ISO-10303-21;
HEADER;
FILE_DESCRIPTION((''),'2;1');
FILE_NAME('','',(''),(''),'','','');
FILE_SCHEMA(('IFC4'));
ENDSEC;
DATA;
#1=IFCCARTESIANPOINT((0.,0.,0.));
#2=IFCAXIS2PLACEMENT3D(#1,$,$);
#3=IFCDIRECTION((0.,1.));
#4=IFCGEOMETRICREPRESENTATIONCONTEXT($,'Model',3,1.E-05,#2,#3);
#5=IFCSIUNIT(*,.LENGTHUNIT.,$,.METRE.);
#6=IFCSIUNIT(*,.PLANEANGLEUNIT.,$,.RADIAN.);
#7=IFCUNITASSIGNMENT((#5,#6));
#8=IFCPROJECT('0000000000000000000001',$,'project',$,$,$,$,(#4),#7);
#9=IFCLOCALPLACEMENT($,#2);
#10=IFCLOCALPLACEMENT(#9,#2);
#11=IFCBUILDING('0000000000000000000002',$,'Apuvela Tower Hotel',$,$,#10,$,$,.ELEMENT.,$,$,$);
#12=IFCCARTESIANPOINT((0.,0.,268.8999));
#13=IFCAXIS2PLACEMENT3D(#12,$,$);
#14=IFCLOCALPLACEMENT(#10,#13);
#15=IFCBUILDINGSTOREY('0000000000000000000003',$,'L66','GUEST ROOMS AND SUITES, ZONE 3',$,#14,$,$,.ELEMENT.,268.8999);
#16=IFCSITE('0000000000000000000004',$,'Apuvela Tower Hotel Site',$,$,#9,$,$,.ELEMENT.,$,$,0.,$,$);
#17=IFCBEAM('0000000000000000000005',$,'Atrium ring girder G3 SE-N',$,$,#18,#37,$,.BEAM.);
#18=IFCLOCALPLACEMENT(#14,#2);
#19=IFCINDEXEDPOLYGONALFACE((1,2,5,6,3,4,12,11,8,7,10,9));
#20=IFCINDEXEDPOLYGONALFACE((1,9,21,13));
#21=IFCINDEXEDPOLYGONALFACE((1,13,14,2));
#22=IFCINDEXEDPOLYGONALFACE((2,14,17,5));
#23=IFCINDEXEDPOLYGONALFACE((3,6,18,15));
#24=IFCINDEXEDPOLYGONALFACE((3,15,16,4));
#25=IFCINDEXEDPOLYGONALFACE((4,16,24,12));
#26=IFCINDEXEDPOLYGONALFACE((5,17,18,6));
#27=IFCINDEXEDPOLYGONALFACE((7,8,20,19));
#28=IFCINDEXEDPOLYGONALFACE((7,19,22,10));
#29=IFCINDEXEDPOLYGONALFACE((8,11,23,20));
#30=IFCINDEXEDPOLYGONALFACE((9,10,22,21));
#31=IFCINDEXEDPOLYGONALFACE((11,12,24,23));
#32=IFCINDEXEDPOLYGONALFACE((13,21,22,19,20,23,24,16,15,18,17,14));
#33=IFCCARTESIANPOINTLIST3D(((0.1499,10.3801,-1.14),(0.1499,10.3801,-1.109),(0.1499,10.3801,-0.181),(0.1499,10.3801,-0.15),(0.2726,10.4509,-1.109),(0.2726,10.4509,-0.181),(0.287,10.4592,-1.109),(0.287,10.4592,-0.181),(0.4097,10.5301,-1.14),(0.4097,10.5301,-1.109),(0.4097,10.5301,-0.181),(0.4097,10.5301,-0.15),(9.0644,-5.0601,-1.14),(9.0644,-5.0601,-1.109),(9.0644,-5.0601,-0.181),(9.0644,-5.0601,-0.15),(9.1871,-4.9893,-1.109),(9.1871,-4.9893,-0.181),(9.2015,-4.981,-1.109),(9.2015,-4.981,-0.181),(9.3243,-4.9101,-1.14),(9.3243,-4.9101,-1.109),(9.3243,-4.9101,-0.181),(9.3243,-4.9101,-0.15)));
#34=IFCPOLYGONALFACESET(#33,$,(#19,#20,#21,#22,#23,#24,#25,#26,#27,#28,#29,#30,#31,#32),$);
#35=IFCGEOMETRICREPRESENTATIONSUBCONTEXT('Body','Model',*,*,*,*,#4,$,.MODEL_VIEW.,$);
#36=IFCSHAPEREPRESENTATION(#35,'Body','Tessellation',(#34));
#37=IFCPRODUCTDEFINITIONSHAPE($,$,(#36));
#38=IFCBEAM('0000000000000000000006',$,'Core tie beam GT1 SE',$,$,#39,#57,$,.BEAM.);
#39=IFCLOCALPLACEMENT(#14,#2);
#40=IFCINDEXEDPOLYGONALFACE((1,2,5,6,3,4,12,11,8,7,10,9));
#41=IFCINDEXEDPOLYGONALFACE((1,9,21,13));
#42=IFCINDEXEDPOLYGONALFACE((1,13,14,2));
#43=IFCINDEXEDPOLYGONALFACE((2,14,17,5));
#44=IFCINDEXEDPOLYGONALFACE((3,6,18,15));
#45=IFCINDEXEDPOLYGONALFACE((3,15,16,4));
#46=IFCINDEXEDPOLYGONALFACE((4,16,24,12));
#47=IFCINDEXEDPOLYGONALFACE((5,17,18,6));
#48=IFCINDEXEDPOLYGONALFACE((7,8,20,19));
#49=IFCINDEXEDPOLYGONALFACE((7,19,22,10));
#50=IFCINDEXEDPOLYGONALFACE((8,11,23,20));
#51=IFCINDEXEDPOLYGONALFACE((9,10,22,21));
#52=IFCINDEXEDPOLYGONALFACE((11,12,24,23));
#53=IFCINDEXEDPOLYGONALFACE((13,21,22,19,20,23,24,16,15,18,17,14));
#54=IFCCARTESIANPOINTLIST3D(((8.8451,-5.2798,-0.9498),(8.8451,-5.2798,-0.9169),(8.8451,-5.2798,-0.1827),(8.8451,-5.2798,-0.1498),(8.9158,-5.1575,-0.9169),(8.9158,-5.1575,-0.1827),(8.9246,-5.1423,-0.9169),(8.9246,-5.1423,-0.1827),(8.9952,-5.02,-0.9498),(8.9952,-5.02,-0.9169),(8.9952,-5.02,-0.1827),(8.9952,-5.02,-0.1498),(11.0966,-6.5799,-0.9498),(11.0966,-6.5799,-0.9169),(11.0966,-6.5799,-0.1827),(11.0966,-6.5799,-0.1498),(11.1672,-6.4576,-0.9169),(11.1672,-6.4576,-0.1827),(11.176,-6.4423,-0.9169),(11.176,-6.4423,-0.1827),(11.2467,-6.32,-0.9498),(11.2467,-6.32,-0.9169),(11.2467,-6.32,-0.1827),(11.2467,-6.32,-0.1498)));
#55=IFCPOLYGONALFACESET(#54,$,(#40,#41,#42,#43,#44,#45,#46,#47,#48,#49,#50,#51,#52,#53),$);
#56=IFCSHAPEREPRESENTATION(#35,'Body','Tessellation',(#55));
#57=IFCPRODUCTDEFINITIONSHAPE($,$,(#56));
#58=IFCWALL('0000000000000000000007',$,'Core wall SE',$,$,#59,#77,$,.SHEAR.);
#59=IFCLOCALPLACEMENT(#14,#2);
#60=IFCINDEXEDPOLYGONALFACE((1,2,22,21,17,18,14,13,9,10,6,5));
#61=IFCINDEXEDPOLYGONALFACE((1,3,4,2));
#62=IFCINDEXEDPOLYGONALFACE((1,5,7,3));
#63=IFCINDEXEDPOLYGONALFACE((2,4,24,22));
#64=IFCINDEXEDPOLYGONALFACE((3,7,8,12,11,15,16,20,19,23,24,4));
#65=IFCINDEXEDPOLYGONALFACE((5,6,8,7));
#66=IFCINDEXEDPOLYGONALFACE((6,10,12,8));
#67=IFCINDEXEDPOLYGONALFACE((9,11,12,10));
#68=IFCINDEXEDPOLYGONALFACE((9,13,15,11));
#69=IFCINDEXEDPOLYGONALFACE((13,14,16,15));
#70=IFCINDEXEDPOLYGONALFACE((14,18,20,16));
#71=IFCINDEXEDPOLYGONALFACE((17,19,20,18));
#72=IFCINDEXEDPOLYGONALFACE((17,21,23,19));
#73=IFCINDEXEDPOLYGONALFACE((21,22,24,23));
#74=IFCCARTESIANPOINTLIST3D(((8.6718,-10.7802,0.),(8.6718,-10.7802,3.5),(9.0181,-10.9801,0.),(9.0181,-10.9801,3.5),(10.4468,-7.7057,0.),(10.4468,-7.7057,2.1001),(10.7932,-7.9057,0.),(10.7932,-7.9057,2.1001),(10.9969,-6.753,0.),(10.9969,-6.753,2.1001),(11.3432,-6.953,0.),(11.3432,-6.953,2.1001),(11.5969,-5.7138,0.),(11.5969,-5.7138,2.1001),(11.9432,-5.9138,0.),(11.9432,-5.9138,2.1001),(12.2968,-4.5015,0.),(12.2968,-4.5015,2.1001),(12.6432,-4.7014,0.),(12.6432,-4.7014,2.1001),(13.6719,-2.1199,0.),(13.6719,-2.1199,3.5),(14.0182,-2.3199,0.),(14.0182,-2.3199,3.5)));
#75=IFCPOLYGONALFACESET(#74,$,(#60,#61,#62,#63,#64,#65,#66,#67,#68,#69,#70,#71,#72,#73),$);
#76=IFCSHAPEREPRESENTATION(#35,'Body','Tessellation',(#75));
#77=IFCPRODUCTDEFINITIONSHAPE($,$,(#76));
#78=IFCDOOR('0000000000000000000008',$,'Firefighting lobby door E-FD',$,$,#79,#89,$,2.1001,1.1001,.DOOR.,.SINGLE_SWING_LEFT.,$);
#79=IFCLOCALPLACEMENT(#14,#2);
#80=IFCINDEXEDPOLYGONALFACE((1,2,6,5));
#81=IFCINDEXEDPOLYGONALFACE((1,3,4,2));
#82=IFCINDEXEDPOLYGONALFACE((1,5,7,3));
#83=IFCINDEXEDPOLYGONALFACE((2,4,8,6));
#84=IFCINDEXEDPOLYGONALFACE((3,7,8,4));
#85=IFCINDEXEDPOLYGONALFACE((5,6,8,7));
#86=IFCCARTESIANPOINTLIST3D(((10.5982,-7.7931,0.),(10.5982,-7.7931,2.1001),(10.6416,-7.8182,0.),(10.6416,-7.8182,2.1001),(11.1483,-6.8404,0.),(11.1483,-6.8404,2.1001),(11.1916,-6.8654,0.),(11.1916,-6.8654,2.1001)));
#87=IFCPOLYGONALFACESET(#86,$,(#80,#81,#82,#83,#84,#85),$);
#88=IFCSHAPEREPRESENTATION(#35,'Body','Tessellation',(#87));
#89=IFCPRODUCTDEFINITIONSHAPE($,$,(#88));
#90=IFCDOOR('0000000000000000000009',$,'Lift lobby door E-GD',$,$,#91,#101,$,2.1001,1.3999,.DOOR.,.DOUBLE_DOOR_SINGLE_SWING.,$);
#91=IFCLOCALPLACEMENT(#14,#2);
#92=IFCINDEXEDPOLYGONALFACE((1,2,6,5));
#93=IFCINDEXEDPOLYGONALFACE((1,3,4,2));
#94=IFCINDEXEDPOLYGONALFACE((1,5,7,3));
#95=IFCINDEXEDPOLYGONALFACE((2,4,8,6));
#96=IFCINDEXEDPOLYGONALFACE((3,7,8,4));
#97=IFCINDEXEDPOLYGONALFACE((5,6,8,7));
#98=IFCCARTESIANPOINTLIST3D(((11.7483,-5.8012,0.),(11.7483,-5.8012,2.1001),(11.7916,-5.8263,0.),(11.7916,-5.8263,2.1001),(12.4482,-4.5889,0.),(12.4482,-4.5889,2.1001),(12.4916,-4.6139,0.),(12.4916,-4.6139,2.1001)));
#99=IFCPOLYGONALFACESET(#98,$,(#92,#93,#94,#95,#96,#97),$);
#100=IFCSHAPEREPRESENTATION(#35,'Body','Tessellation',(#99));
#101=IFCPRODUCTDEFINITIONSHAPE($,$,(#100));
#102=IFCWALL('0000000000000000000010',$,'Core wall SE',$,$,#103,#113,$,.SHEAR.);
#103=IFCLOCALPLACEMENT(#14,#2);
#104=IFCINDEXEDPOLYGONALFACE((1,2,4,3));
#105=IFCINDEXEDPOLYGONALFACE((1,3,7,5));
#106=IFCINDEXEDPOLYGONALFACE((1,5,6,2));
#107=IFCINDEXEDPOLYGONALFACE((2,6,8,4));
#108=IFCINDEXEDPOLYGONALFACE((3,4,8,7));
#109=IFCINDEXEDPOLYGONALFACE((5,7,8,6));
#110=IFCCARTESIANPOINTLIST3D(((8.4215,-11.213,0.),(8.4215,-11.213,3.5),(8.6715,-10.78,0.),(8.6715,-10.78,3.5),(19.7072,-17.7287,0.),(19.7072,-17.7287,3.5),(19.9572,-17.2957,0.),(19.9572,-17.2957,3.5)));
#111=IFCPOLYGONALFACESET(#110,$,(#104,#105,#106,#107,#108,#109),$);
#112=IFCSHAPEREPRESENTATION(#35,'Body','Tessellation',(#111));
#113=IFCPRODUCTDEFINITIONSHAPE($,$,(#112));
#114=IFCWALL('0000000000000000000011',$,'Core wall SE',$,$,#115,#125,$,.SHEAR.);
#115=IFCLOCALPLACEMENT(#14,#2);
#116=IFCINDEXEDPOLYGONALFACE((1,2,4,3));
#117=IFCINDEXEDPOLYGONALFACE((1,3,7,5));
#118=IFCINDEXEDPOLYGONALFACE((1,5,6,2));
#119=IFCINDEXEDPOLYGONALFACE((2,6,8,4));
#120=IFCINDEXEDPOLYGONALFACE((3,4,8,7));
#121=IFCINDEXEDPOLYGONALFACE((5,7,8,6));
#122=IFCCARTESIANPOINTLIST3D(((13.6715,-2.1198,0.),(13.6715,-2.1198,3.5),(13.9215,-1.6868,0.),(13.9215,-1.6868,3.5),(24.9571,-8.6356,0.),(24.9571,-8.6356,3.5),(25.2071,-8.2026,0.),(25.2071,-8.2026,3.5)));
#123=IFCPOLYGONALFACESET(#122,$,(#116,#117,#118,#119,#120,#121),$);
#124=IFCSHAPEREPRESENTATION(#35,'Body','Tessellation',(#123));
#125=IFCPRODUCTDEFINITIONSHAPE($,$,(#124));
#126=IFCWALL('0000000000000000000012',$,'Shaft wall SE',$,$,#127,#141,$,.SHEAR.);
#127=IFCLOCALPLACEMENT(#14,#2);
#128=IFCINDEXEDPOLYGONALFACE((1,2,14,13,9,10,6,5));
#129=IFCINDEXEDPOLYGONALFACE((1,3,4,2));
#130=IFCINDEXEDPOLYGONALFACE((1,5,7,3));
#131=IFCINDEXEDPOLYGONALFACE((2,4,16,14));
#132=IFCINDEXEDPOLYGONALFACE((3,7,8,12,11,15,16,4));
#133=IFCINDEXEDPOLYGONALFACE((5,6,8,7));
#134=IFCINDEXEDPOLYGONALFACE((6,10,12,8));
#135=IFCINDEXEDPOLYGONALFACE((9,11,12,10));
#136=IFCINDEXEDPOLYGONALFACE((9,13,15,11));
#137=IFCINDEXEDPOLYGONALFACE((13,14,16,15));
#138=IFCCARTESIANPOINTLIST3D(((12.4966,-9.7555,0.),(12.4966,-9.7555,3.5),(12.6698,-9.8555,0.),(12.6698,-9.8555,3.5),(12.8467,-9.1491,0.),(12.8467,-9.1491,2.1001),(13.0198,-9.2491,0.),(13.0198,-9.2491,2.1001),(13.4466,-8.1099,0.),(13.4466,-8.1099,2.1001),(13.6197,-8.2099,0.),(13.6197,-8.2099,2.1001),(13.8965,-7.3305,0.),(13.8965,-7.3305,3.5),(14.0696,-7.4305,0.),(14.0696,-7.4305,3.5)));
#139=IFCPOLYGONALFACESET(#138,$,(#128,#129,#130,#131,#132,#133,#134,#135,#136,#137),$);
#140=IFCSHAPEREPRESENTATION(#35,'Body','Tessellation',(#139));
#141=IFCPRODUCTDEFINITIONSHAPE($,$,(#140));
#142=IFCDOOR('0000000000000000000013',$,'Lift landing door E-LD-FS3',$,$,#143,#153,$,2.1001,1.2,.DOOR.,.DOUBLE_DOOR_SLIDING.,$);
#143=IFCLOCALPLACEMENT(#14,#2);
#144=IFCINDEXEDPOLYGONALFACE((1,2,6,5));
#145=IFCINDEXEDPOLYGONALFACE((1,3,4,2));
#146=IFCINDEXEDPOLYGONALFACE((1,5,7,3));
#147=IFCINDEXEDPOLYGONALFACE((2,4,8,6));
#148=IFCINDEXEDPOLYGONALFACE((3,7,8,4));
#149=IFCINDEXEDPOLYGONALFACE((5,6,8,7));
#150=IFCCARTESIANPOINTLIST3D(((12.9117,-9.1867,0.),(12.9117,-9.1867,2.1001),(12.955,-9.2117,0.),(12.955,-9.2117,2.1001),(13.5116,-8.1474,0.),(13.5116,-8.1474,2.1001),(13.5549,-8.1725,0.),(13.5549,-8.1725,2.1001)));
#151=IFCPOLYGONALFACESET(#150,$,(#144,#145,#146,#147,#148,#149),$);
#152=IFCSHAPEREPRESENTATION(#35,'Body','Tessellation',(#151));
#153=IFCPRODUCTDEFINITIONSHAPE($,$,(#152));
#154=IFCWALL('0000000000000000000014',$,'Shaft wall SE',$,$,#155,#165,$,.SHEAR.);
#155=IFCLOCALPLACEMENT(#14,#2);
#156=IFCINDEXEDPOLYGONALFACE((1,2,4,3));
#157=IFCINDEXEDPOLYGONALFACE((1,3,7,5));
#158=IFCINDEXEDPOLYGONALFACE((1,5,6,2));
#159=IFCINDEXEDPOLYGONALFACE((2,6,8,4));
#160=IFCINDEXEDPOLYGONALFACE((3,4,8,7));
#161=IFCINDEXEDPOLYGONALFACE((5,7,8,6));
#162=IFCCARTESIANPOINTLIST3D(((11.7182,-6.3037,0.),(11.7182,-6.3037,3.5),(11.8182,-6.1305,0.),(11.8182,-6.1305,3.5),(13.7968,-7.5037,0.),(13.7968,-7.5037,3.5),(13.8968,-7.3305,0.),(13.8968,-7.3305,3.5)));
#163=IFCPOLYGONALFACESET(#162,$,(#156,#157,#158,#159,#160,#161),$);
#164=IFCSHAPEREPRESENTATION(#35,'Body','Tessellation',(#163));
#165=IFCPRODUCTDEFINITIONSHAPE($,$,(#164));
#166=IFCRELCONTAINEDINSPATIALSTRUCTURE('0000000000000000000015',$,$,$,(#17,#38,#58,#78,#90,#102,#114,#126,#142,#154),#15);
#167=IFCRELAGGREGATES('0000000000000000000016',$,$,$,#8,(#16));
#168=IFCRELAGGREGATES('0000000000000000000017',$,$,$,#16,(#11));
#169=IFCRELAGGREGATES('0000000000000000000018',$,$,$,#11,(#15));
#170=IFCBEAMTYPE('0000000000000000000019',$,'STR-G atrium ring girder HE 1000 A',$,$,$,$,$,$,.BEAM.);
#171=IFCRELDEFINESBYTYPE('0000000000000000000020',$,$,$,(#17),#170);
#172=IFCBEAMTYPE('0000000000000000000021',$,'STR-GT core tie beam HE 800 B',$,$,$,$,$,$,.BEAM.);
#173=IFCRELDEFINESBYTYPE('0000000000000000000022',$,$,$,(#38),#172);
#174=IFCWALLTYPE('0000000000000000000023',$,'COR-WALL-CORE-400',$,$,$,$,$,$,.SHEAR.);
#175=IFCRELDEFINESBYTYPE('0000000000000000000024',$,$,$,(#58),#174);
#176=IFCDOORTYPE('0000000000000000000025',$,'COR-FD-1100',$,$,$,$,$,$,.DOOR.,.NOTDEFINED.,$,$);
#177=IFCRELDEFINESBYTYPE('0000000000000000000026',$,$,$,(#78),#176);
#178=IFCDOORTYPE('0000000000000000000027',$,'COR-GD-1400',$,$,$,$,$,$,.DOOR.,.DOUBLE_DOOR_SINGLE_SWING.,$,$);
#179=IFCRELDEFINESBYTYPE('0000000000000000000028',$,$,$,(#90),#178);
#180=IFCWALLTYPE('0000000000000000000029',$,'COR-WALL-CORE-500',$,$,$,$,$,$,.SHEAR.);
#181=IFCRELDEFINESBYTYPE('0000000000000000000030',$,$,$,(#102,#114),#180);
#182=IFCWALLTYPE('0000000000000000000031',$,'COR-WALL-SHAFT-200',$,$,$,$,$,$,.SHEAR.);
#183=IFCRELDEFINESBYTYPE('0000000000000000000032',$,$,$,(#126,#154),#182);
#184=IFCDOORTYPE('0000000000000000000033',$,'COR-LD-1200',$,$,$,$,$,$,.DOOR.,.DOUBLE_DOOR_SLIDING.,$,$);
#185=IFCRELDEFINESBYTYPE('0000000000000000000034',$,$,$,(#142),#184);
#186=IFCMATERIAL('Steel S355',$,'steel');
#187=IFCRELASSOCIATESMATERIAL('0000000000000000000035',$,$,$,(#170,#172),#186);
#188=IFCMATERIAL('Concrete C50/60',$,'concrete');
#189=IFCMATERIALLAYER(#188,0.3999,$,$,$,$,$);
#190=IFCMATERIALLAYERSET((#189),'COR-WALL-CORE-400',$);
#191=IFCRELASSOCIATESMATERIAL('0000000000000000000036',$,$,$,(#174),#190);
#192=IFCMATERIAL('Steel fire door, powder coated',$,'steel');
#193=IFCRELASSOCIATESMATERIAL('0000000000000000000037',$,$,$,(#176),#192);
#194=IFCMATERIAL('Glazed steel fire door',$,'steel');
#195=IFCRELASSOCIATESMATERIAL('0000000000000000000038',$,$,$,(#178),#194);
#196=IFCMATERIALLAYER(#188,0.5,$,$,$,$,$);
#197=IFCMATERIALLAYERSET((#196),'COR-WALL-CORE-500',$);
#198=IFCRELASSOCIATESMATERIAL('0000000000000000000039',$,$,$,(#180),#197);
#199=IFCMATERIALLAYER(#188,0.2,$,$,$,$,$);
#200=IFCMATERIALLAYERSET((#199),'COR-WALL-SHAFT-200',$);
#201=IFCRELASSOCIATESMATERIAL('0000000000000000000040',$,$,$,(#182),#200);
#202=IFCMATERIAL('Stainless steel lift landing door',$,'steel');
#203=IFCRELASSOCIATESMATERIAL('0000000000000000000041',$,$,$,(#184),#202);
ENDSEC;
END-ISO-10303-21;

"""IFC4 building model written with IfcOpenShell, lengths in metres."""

from ifc_helpers import new_model, si_unit, direction, frame, frame_2d, origin, origin_2d, place, context, subcontext, project, spatial, rectangle, i_section, extrude, material, layer, layer_set, material_profile, profile_set, type_object, element, fill, save


model = new_model("IFC4")

# Units and contexts
model_context = context("Model", 3, precision=1e-05, world=origin(), true_north=direction((0.0, 1.0)))
body_context = subcontext(model_context, "Body", "Model", "MODEL_VIEW")
ifc_project = project(units=[si_unit("LENGTHUNIT", "METRE"), si_unit("PLANEANGLEUNIT", "RADIAN")], contexts=[model_context])

# Site, building, storey
site_placement = place(None, origin())
site = spatial("IfcSite", under=ifc_project, at=site_placement, Name="Apuvela Tower Hotel Site", CompositionType="ELEMENT", RefElevation=0.0)
building_placement = place(site_placement, origin())
building = spatial("IfcBuilding", under=site, at=building_placement, Name="Apuvela Tower Hotel", CompositionType="ELEMENT")
storey_placement = place(building_placement, frame((0.0, 0.0, 268.8999)))
storey = spatial("IfcBuildingStorey", under=building, at=storey_placement, Name="L66", Description="GUEST ROOMS AND SUITES, ZONE 3", CompositionType="ELEMENT", Elevation=268.8999)

# Beams
ifc_material_1 = material(Name="Steel S355", Category="steel")
ifc_material_profile_1 = material_profile(ifc_material_1, i_section(OverallWidth=0.3, OverallDepth=0.99, WebThickness=0.0166, FlangeThickness=0.031, at=origin_2d()), Name="HE 1000 A")
ifc_profile_set_1 = profile_set([ifc_material_profile_1], Name="Steel S355")
beam_type_1 = type_object("IfcBeamType", Name="STR-G atrium ring girder HE 1000 A", PredefinedType="BEAM", material=ifc_profile_set_1)
beam_1_placement = place(storey_placement, frame((9.1943, -4.9851, -0.645), z_axis=(-0.500007, 0.866022, 0.0), x_axis=(-0.866022, -0.500007, 0.0)))
element("IfcBeam", 1, at=beam_1_placement, inside=storey, type_object=beam_type_1, Name="Atrium ring girder G3 SE-N", PredefinedType="BEAM", context=body_context, shape_type="SweptSolid", body=[
    extrude(i_section(OverallWidth=0.3, OverallDepth=0.99, WebThickness=0.0166, FlangeThickness=0.031, at=origin_2d()), origin(), (0.0, 0.0, 1.0), 17.8289),
])
ifc_material_profile_2 = material_profile(ifc_material_1, i_section(OverallWidth=0.3, OverallDepth=0.8, WebThickness=0.0176, FlangeThickness=0.033, at=origin_2d()), Name="HE 800 B")
ifc_profile_set_2 = profile_set([ifc_material_profile_2], Name="Steel S355")
beam_type_2 = type_object("IfcBeamType", Name="STR-GT core tie beam HE 800 B", PredefinedType="BEAM", material=ifc_profile_set_2)
beam_2_placement = place(storey_placement, frame((11.1716, -6.45, -0.5498), z_axis=(-0.865998, 0.500048, 0.0), x_axis=(-0.500048, -0.865998, 0.0)))
element("IfcBeam", 2, at=beam_2_placement, inside=storey, type_object=beam_type_2, Name="Core tie beam GT1 SE", PredefinedType="BEAM", context=body_context, shape_type="SweptSolid", body=[
    extrude(i_section(OverallWidth=0.3, OverallDepth=0.8, WebThickness=0.0176, FlangeThickness=0.033, at=origin_2d()), origin(), (0.0, 0.0, 1.0), 2.5999),
])

# Wall, openings, doors
ifc_material_2 = material(Name="Concrete C50/60", Category="concrete")
ifc_layer_1 = layer(ifc_material_2, 0.3999)
ifc_layer_set_1 = layer_set([ifc_layer_1], Name="COR-WALL-CORE-400")
wall_type_1 = type_object("IfcWallType", Name="COR-WALL-CORE-400", PredefinedType="SHEAR", material=ifc_layer_set_1)
wall_1_placement = place(storey_placement, frame((8.845, -10.8801, 0.0), z_axis=(0.0, 0.0, 1.0), x_axis=(0.500004, 0.866023, 0.0)))
wall_1 = element("IfcWall", 3, at=wall_1_placement, inside=storey, type_object=wall_type_1, Name="Core wall SE", PredefinedType="SHEAR", context=body_context, shape_type="SweptSolid", body=[
    extrude(rectangle(XDim=10.0, YDim=0.3999, at=frame_2d((5.0, 0.0))), origin(), (0.0, 0.0, 1.0), 3.5),
])
opening_1_placement = place(wall_1_placement, frame((3.55, 0.0, 0.0)))
opening_1 = element("IfcOpeningElement", 4, at=opening_1_placement, cuts=wall_1, PredefinedType="OPENING", context=body_context, shape_type="SweptSolid", body=[
    extrude(rectangle(XDim=1.1001, YDim=2.1001, at=frame_2d((0.55, 1.05))), frame((0.0, 0.21, 0.0), z_axis=(0.0, -1.0, 0.0), x_axis=(1.0, 0.0, 0.0)), (0.0, 0.0, 1.0), 0.4199),
])
opening_2_placement = place(wall_1_placement, frame((5.8501, 0.0, 0.0)))
opening_2 = element("IfcOpeningElement", 5, at=opening_2_placement, cuts=wall_1, PredefinedType="OPENING", context=body_context, shape_type="SweptSolid", body=[
    extrude(rectangle(XDim=1.3999, YDim=2.1001, at=frame_2d((0.7, 1.05))), frame((0.0, 0.21, 0.0), z_axis=(0.0, -1.0, 0.0), x_axis=(1.0, 0.0, 0.0)), (0.0, 0.0, 1.0), 0.4199),
])
ifc_material_3 = material(Name="Steel fire door, powder coated", Category="steel")
door_type_1 = type_object("IfcDoorType", Name="COR-FD-1100", OperationType="NOTDEFINED", PredefinedType="DOOR", material=ifc_material_3)
door_1_placement = place(opening_1_placement, frame((1.1001, 0.0, 0.0), z_axis=(0.0, 0.0, 1.0), x_axis=(-1.0, 0.0, 0.0)))
door_1 = element("IfcDoor", 6, at=door_1_placement, inside=storey, type_object=door_type_1, Name="Firefighting lobby door E-FD", OperationType="SINGLE_SWING_LEFT", OverallHeight=2.1001, OverallWidth=1.1001, PredefinedType="DOOR", context=body_context, shape_type="SweptSolid", body=[
    extrude(rectangle(XDim=1.1001, YDim=2.1001, at=frame_2d((0.55, 1.05))), frame((0.0, 0.0249, 0.0), z_axis=(0.0, -1.0, 0.0), x_axis=(1.0, 0.0, 0.0)), (0.0, 0.0, 1.0), 0.05),
])
fill(opening_1, door_1)
ifc_material_4 = material(Name="Glazed steel fire door", Category="steel")
door_type_2 = type_object("IfcDoorType", Name="COR-GD-1400", OperationType="DOUBLE_DOOR_SINGLE_SWING", PredefinedType="DOOR", material=ifc_material_4)
door_2_placement = place(opening_2_placement, frame((1.3999, 0.0, 0.0), z_axis=(0.0, 0.0, 1.0), x_axis=(-1.0, 0.0, 0.0)))
door_2 = element("IfcDoor", 7, at=door_2_placement, inside=storey, type_object=door_type_2, Name="Lift lobby door E-GD", OperationType="DOUBLE_DOOR_SINGLE_SWING", OverallHeight=2.1001, OverallWidth=1.3999, PredefinedType="DOOR", context=body_context, shape_type="SweptSolid", body=[
    extrude(rectangle(XDim=1.3999, YDim=2.1001, at=frame_2d((0.7, 1.05))), frame((0.0, 0.0249, 0.0), z_axis=(0.0, -1.0, 0.0), x_axis=(1.0, 0.0, 0.0)), (0.0, 0.0, 1.0), 0.05),
])
fill(opening_2, door_2)

# Walls
ifc_layer_2 = layer(ifc_material_2, 0.5)
ifc_layer_set_2 = layer_set([ifc_layer_2], Name="COR-WALL-CORE-500")
wall_type_2 = type_object("IfcWallType", Name="COR-WALL-CORE-500", PredefinedType="SHEAR", material=ifc_layer_set_2)
for number, where, z_axis, x_axis, name in (
    (8, (8.5466, -10.9966, 0.0), (0.0, 0.0, 1.0), (0.86603, -0.499992, 0.0), "Core wall SE"),
    (9, (13.7966, -1.9033, 0.0), (0.0, 0.0, 1.0), (0.866022, -0.500006, 0.0), "Core wall SE"),
):
    element("IfcWall", number, at=place(storey_placement, frame(where, z_axis=z_axis, x_axis=x_axis)), inside=storey, type_object=wall_type_2, Name=name, PredefinedType="SHEAR", context=body_context, shape_type="SweptSolid", body=[
        extrude(rectangle(XDim=13.0315, YDim=0.5, at=frame_2d((6.5156, 0.0))), origin(), (0.0, 0.0, 1.0), 3.5),
    ])

# Wall, opening, door
ifc_layer_3 = layer(ifc_material_2, 0.2)
ifc_layer_set_3 = layer_set([ifc_layer_3], Name="COR-WALL-SHAFT-200")
wall_type_3 = type_object("IfcWallType", Name="COR-WALL-SHAFT-200", PredefinedType="SHEAR", material=ifc_layer_set_3)
wall_2_placement = place(storey_placement, frame((12.5833, -9.8054, 0.0), z_axis=(0.0, 0.0, 1.0), x_axis=(0.499946, 0.866056, 0.0)))
wall_2 = element("IfcWall", 10, at=wall_2_placement, inside=storey, type_object=wall_type_3, Name="Shaft wall SE", PredefinedType="SHEAR", context=body_context, shape_type="SweptSolid", body=[
    extrude(rectangle(XDim=2.8, YDim=0.2, at=frame_2d((1.3999, 0.0))), origin(), (0.0, 0.0, 1.0), 3.5),
])
opening_3_placement = place(wall_2_placement, frame((0.7, 0.0, 0.0)))
opening_3 = element("IfcOpeningElement", 11, at=opening_3_placement, cuts=wall_2, PredefinedType="OPENING", context=body_context, shape_type="SweptSolid", body=[
    extrude(rectangle(XDim=1.2, YDim=2.1001, at=frame_2d((0.6001, 1.05))), frame((0.0, 0.1099, 0.0), z_axis=(0.0, -1.0, 0.0), x_axis=(1.0, 0.0, 0.0)), (0.0, 0.0, 1.0), 0.22),
])
ifc_material_5 = material(Name="Stainless steel lift landing door", Category="steel")
door_type_3 = type_object("IfcDoorType", Name="COR-LD-1200", OperationType="DOUBLE_DOOR_SLIDING", PredefinedType="DOOR", material=ifc_material_5)
door_3_placement = place(opening_3_placement, origin())
door_3 = element("IfcDoor", 12, at=door_3_placement, inside=storey, type_object=door_type_3, Name="Lift landing door E-LD-FS3", OperationType="DOUBLE_DOOR_SLIDING", OverallHeight=2.1001, OverallWidth=1.2, PredefinedType="DOOR", context=body_context, shape_type="SweptSolid", body=[
    extrude(rectangle(XDim=1.2, YDim=2.1001, at=frame_2d((0.6001, 1.05))), frame((0.0, 0.0249, 0.0), z_axis=(0.0, -1.0, 0.0), x_axis=(1.0, 0.0, 0.0)), (0.0, 0.0, 1.0), 0.05),
])
fill(opening_3, door_3)

# Wall
wall_3_placement = place(storey_placement, frame((11.7681, -6.217, 0.0), z_axis=(0.0, 0.0, 1.0), x_axis=(0.86605, -0.499957, 0.0)))
element("IfcWall", 13, at=wall_3_placement, inside=storey, type_object=wall_type_3, Name="Shaft wall SE", PredefinedType="SHEAR", context=body_context, shape_type="SweptSolid", body=[
    extrude(rectangle(XDim=2.4001, YDim=0.2, at=frame_2d((1.2002, 0.0))), origin(), (0.0, 0.0, 1.0), 3.5),
])

save(model, "model.ifc")
